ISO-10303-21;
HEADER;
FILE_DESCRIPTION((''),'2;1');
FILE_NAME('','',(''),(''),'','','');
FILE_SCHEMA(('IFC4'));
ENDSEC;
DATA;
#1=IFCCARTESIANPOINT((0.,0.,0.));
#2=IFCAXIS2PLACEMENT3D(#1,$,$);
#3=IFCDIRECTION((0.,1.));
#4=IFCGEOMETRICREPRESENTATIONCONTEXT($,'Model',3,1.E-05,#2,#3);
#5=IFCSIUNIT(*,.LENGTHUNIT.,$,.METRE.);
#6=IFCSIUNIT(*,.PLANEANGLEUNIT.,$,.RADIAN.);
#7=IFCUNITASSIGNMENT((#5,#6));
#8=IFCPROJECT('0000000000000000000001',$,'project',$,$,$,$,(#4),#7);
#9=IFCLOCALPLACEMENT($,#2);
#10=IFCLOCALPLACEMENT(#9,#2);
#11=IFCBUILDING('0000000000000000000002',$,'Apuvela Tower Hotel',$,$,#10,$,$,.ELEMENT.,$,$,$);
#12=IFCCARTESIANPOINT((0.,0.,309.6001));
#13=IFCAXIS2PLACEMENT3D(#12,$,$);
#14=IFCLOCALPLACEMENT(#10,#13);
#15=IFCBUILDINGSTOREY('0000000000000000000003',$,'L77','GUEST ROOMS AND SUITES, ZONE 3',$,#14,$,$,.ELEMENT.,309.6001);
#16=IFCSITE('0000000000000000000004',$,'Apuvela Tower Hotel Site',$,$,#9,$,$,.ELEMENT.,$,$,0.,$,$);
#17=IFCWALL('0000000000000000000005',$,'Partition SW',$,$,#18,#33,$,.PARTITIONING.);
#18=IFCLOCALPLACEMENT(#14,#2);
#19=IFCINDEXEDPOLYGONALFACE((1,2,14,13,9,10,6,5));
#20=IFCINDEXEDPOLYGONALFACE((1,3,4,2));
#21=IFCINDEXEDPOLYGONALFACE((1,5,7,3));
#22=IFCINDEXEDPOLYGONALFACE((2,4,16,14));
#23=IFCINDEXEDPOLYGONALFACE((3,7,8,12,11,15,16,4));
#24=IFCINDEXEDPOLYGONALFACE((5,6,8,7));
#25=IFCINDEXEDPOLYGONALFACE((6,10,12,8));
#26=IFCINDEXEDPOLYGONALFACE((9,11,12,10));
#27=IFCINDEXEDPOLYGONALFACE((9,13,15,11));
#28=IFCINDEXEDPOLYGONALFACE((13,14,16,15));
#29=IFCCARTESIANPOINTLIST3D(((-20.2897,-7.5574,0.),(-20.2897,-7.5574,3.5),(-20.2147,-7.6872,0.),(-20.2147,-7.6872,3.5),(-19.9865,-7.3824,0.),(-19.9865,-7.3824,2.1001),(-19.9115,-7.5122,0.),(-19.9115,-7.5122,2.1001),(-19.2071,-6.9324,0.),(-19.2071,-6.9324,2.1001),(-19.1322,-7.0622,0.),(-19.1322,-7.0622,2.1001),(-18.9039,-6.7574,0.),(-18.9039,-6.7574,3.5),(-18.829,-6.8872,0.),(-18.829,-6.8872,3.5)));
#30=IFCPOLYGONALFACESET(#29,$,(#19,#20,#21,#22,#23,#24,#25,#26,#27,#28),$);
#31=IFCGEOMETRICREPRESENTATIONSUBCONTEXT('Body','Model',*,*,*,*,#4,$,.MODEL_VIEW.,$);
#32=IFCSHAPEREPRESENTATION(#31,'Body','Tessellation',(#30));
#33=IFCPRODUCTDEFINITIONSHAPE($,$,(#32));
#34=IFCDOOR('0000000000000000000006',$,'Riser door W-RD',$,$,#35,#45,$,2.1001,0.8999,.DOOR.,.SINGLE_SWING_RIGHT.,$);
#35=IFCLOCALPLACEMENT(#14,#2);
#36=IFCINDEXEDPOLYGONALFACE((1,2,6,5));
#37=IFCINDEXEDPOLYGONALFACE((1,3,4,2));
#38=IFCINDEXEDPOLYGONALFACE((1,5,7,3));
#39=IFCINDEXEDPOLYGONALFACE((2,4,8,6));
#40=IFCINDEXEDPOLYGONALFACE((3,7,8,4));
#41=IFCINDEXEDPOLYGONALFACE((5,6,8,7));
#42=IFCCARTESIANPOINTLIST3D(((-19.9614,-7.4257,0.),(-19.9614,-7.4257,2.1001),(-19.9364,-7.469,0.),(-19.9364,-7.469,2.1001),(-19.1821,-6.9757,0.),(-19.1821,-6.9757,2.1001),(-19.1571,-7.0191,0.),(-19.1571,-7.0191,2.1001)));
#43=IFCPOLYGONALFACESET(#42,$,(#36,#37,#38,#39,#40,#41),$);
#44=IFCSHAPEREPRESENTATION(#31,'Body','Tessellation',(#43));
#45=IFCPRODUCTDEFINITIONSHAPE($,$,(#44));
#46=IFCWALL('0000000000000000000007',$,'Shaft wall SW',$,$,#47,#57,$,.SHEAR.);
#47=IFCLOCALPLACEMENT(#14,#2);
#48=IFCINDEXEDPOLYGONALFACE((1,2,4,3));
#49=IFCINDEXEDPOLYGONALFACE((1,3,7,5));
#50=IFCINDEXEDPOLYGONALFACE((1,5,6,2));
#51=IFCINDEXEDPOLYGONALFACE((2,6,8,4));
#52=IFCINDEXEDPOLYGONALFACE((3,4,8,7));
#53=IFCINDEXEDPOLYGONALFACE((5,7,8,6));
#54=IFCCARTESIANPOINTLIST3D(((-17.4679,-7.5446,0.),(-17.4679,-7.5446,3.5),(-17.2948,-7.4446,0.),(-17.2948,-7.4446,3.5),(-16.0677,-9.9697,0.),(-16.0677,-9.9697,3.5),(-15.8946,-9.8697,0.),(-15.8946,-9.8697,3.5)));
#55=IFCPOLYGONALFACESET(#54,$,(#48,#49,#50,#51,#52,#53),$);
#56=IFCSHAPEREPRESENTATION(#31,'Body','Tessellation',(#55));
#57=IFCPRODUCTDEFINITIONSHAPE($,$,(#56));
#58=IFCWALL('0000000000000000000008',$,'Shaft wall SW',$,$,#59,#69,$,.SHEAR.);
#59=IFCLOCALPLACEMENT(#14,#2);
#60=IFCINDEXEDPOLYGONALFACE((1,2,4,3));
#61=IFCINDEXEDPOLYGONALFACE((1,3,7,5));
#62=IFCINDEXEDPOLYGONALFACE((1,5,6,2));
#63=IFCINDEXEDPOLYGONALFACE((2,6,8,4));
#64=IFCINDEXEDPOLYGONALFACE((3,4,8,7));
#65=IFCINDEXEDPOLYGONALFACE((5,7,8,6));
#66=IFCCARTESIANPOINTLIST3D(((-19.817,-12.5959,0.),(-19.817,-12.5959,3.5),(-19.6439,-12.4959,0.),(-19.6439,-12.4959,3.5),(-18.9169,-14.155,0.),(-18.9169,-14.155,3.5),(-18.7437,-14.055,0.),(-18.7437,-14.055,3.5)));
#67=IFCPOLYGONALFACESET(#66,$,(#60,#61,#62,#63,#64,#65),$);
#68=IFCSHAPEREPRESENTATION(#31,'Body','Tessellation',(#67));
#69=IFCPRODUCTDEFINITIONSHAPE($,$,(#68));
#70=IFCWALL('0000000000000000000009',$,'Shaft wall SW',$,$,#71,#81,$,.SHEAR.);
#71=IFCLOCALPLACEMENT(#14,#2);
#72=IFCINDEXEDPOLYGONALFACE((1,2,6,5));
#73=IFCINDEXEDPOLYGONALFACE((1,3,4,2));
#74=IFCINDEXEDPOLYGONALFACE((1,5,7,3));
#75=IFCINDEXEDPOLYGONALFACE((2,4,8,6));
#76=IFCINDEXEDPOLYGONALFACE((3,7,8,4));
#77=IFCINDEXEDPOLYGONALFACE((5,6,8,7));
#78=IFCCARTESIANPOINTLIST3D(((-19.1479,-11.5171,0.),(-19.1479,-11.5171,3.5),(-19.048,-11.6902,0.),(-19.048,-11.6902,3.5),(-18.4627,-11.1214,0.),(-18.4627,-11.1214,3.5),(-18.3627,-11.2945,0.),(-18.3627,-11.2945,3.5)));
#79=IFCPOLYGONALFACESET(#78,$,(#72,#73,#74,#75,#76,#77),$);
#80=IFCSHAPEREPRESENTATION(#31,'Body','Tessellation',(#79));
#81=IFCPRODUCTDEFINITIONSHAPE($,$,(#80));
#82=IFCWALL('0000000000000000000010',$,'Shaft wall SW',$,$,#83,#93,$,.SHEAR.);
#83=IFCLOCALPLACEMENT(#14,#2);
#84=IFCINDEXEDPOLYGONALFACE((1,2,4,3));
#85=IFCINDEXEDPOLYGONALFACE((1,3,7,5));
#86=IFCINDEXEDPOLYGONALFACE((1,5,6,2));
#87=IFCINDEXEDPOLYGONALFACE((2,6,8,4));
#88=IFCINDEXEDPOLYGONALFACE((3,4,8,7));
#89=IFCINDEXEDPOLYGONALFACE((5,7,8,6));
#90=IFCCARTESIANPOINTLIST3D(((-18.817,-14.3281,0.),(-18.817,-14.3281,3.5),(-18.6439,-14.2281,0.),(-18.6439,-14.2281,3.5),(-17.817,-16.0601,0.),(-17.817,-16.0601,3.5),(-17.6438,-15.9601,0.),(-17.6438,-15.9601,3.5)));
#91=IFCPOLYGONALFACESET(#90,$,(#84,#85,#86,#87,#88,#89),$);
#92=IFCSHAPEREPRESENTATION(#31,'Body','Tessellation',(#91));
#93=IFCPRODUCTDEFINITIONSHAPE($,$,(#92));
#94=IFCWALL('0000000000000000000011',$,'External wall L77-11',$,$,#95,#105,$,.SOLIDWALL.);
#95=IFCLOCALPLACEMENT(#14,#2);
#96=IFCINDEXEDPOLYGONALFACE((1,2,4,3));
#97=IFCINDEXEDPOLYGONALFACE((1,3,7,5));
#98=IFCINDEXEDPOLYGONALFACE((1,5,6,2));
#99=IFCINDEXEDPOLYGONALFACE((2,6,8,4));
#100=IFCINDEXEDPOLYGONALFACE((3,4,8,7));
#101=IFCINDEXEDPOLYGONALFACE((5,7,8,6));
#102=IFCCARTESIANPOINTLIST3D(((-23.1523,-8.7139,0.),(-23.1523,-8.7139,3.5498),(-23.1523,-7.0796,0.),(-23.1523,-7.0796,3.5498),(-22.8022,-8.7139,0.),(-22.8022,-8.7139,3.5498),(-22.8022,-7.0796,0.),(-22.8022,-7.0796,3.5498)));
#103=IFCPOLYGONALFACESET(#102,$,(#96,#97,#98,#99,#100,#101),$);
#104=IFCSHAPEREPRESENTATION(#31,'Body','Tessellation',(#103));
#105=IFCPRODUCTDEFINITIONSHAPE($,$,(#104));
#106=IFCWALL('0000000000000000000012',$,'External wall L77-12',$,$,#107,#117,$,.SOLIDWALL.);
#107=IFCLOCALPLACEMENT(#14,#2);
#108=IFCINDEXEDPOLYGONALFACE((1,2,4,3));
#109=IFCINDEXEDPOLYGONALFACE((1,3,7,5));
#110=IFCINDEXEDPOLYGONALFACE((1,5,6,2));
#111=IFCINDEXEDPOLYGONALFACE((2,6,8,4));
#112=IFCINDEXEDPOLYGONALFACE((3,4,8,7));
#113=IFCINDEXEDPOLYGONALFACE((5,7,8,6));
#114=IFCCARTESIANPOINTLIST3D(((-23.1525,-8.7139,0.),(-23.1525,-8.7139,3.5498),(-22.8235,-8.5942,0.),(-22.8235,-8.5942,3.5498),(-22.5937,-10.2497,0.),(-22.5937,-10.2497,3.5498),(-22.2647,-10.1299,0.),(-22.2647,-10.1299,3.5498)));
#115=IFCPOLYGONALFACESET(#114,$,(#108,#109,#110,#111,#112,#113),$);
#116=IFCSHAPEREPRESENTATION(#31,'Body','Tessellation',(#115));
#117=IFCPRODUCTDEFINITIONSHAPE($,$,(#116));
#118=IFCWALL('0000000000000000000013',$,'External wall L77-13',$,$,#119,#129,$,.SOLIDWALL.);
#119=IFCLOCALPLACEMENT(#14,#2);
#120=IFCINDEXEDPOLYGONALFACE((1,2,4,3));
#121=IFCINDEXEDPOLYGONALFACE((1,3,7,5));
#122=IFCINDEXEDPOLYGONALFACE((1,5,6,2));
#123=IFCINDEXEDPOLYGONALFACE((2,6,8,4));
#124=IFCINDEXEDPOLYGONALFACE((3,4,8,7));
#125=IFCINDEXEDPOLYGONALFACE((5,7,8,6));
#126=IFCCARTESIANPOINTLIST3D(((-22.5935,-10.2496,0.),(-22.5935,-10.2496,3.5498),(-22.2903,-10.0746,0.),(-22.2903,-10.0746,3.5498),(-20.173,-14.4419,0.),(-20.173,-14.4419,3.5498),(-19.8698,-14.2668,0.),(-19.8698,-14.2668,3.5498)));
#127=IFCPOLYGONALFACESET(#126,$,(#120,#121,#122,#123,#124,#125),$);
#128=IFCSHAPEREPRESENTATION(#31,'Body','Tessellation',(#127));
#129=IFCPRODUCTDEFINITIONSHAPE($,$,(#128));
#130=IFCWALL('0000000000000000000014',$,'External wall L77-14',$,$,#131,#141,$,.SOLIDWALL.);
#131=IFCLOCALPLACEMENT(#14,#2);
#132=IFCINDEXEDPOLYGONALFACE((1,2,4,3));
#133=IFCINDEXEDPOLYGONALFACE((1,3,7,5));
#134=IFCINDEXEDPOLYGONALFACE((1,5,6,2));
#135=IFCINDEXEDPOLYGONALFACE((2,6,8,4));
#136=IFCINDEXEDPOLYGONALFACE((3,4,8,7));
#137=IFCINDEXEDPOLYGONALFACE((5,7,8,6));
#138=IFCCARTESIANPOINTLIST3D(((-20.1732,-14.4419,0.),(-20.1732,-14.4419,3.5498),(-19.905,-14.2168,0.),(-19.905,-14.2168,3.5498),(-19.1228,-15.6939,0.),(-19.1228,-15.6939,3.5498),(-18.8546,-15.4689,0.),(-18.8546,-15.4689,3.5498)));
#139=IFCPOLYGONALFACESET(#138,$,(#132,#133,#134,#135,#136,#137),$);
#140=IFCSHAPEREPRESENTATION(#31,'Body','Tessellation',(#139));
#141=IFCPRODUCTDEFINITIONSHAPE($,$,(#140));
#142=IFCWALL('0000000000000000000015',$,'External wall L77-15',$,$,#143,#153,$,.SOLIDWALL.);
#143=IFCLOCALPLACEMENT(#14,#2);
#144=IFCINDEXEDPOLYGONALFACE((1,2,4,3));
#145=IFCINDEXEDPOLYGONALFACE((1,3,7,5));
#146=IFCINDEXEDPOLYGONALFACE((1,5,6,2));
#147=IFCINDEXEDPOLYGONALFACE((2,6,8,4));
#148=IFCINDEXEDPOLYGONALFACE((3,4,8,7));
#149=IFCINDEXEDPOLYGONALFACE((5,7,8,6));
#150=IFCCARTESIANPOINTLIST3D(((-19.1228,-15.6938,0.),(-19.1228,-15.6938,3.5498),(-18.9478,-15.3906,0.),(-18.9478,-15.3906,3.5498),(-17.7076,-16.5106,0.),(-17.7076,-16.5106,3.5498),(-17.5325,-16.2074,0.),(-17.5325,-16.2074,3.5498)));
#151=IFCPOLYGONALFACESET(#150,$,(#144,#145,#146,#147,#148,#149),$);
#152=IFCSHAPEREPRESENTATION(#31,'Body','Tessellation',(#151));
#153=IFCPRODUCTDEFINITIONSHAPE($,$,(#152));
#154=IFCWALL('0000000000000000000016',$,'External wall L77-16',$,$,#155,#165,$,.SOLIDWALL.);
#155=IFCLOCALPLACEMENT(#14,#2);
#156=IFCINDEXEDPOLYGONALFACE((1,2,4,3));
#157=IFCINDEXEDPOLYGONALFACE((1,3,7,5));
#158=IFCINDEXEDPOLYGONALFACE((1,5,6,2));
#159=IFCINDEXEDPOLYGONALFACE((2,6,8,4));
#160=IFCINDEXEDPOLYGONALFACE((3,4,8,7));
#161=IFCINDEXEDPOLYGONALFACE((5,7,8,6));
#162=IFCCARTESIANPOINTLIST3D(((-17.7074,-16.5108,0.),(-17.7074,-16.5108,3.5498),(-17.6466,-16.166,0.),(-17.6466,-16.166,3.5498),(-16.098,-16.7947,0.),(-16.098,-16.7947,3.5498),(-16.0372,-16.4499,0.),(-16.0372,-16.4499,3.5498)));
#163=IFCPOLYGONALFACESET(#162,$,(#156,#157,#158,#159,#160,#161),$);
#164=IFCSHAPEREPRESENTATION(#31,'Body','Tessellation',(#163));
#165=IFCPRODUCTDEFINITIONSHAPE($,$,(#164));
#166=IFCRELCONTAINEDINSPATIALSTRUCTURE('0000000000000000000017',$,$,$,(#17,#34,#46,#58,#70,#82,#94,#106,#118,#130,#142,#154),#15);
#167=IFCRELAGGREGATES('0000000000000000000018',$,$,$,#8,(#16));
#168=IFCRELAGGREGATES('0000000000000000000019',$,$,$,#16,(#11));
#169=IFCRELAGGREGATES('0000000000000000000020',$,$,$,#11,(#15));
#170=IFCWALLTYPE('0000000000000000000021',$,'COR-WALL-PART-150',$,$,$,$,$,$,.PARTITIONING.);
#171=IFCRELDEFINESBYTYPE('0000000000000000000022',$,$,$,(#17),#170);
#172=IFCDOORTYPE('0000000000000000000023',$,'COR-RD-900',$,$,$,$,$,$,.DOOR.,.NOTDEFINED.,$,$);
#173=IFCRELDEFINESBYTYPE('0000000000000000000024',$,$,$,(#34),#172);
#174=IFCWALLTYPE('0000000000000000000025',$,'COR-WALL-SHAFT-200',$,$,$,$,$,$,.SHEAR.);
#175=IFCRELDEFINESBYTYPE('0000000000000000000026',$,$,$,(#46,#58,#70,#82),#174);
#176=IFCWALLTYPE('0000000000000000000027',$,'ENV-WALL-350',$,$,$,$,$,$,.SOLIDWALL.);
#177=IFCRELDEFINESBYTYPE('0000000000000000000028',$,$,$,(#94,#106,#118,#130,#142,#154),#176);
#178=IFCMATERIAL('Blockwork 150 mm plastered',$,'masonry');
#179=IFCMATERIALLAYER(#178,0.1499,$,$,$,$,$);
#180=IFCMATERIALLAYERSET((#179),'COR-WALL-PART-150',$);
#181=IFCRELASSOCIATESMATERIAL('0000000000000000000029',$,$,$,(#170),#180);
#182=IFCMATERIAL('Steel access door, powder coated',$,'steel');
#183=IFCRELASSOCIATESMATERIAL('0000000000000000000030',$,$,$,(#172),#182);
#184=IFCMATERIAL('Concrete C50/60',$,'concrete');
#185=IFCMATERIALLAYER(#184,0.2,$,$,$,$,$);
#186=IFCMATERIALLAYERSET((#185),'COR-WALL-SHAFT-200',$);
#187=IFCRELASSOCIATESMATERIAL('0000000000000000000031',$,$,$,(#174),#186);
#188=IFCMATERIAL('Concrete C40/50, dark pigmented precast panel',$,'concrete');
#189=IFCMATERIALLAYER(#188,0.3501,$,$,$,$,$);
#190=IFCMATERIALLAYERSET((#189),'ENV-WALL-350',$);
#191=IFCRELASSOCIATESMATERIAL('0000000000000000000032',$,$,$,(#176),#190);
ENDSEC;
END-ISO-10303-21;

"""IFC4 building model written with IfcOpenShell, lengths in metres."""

from ifc_helpers import new_model, si_unit, direction, frame, frame_2d, origin, place, context, subcontext, project, spatial, rectangle, extrude, material, layer, layer_set, type_object, element, fill, save


model = new_model("IFC4")

# Units and contexts
model_context = context("Model", 3, precision=1e-05, world=origin(), true_north=direction((0.0, 1.0)))
body_context = subcontext(model_context, "Body", "Model", "MODEL_VIEW")
ifc_project = project(units=[si_unit("LENGTHUNIT", "METRE"), si_unit("PLANEANGLEUNIT", "RADIAN")], contexts=[model_context])

# Site, building, storey
site_placement = place(None, origin())
site = spatial("IfcSite", under=ifc_project, at=site_placement, Name="Apuvela Tower Hotel Site", CompositionType="ELEMENT", RefElevation=0.0)
building_placement = place(site_placement, origin())
building = spatial("IfcBuilding", under=site, at=building_placement, Name="Apuvela Tower Hotel", CompositionType="ELEMENT")
storey_placement = place(building_placement, frame((0.0, 0.0, 309.6001)))
storey = spatial("IfcBuildingStorey", under=building, at=storey_placement, Name="L77", Description="GUEST ROOMS AND SUITES, ZONE 3", CompositionType="ELEMENT", Elevation=309.6001)

# Wall, opening, door
ifc_material_1 = material(Name="Blockwork 150 mm plastered", Category="masonry")
ifc_layer_1 = layer(ifc_material_1, 0.1499)
ifc_layer_set_1 = layer_set([ifc_layer_1], Name="COR-WALL-PART-150")
wall_type_1 = type_object("IfcWallType", Name="COR-WALL-PART-150", PredefinedType="PARTITIONING", material=ifc_layer_set_1)
wall_1_placement = place(storey_placement, frame((-18.8665, -6.8223, 0.0), z_axis=(0.0, 0.0, 1.0), x_axis=(-0.866028, -0.499995, 0.0)))
wall_1 = element("IfcWall", 1, at=wall_1_placement, inside=storey, type_object=wall_type_1, Name="Partition SW", PredefinedType="PARTITIONING", context=body_context, shape_type="SweptSolid", body=[
    extrude(rectangle(XDim=1.6001, YDim=0.1499, at=frame_2d((0.8, 0.0))), origin(), (0.0, 0.0, 1.0), 3.5),
])
opening_1_placement = place(wall_1_placement, frame((0.3501, 0.0, 0.0)))
opening_1 = element("IfcOpeningElement", 2, at=opening_1_placement, cuts=wall_1, PredefinedType="OPENING", context=body_context, shape_type="SweptSolid", body=[
    extrude(rectangle(XDim=0.8999, YDim=2.1001, at=frame_2d((0.45, 1.05))), frame((0.0, 0.085, 0.0), z_axis=(0.0, -1.0, 0.0), x_axis=(1.0, 0.0, 0.0)), (0.0, 0.0, 1.0), 0.1699),
])
ifc_material_2 = material(Name="Steel access door, powder coated", Category="steel")
door_type_1 = type_object("IfcDoorType", Name="COR-RD-900", OperationType="NOTDEFINED", PredefinedType="DOOR", material=ifc_material_2)
door_1_placement = place(opening_1_placement, frame((0.8999, 0.0, 0.0), z_axis=(0.0, 0.0, 1.0), x_axis=(-1.0, 0.0, 0.0)))
door_1 = element("IfcDoor", 3, at=door_1_placement, inside=storey, type_object=door_type_1, Name="Riser door W-RD", OperationType="SINGLE_SWING_RIGHT", OverallHeight=2.1001, OverallWidth=0.8999, PredefinedType="DOOR", context=body_context, shape_type="SweptSolid", body=[
    extrude(rectangle(XDim=0.8999, YDim=2.1001, at=frame_2d((0.45, 1.05))), frame((0.0, 0.0249, 0.0), z_axis=(0.0, -1.0, 0.0), x_axis=(1.0, 0.0, 0.0)), (0.0, 0.0, 1.0), 0.05),
])
fill(opening_1, door_1)

# Walls
ifc_material_3 = material(Name="Concrete C50/60", Category="concrete")
ifc_layer_2 = layer(ifc_material_3, 0.2)
ifc_layer_set_2 = layer_set([ifc_layer_2], Name="COR-WALL-SHAFT-200")
wall_type_2 = type_object("IfcWallType", Name="COR-WALL-SHAFT-200", PredefinedType="SHEAR", material=ifc_layer_set_2)
wall_2_placement = place(storey_placement, frame((-17.3813, -7.4946, 0.0), z_axis=(0.0, 0.0, 1.0), x_axis=(0.500012, -0.866019, 0.0)))
element("IfcWall", 4, at=wall_2_placement, inside=storey, type_object=wall_type_2, Name="Shaft wall SW", PredefinedType="SHEAR", context=body_context, shape_type="SweptSolid", body=[
    extrude(rectangle(XDim=2.8003, YDim=0.2, at=frame_2d((1.4001, 0.0))), origin(), (0.0, 0.0, 1.0), 3.5),
])
wall_3_placement = place(storey_placement, frame((-19.7305, -12.5459, 0.0), z_axis=(0.0, 0.0, 1.0), x_axis=(0.500004, -0.866023, 0.0)))
element("IfcWall", 5, at=wall_3_placement, inside=storey, type_object=wall_type_2, Name="Shaft wall SW", PredefinedType="SHEAR", context=body_context, shape_type="SweptSolid", body=[
    extrude(rectangle(XDim=1.8003, YDim=0.2, at=frame_2d((0.9001, 0.0))), origin(), (0.0, 0.0, 1.0), 3.5),
])
wall_4_placement = place(storey_placement, frame((-18.4128, -11.208, 0.0), z_axis=(0.0, 0.0, 1.0), x_axis=(-0.865975, -0.500087, 0.0)))
element("IfcWall", 6, at=wall_4_placement, inside=storey, type_object=wall_type_2, Name="Shaft wall SW", PredefinedType="SHEAR", context=body_context, shape_type="SweptSolid", body=[
    extrude(rectangle(XDim=0.7913, YDim=0.2, at=frame_2d((0.3955, 0.0))), origin(), (0.0, 0.0, 1.0), 3.5),
])
wall_5_placement = place(storey_placement, frame((-18.7305, -14.2781, 0.0), z_axis=(0.0, 0.0, 1.0), x_axis=(0.500025, -0.866011, 0.0)))
element("IfcWall", 7, at=wall_5_placement, inside=storey, type_object=wall_type_2, Name="Shaft wall SW", PredefinedType="SHEAR", context=body_context, shape_type="SweptSolid", body=[
    extrude(rectangle(XDim=2.0, YDim=0.2, at=frame_2d((1.0, 0.0))), origin(), (0.0, 0.0, 1.0), 3.5),
])
ifc_material_4 = material(Name="Concrete C40/50, dark pigmented precast panel", Category="concrete")
ifc_layer_3 = layer(ifc_material_4, 0.3501)
ifc_layer_set_3 = layer_set([ifc_layer_3], Name="ENV-WALL-350")
wall_type_3 = type_object("IfcWallType", Name="ENV-WALL-350", PredefinedType="SOLIDWALL", material=ifc_layer_set_3)
for number, where, z_axis, x_axis, name in (
    (8, (-22.9773, -7.0796, 0.0), (0.0, 0.0, 1.0), (0.0, -1.0, 0.0), "External wall L77-11"),
    (9, (-22.988, -8.6541, 0.0), (0.0, 0.0, 1.0), (0.341971, -0.939711, 0.0), "External wall L77-12"),
):
    element("IfcWall", number, at=place(storey_placement, frame(where, z_axis=z_axis, x_axis=x_axis)), inside=storey, type_object=wall_type_3, Name=name, PredefinedType="SOLIDWALL", context=body_context, shape_type="SweptSolid", body=[
        extrude(rectangle(XDim=1.6343, YDim=0.3501, at=frame_2d((0.8171, 0.0))), origin(), (0.0, 0.0, 1.0), 3.5498),
    ])
wall_6_placement = place(storey_placement, frame((-22.4419, -10.1621, 0.0), z_axis=(0.0, 0.0, 1.0), x_axis=(0.500012, -0.866018, 0.0)))
element("IfcWall", 10, at=wall_6_placement, inside=storey, type_object=wall_type_3, Name="External wall L77-13", PredefinedType="SOLIDWALL", context=body_context, shape_type="SweptSolid", body=[
    extrude(rectangle(XDim=4.8408, YDim=0.3501, at=frame_2d((2.4204, 0.0))), origin(), (0.0, 0.0, 1.0), 3.5498),
])
wall_7_placement = place(storey_placement, frame((-20.0391, -14.3293, 0.0), z_axis=(0.0, 0.0, 1.0), x_axis=(0.642708, -0.766111, 0.0)))
element("IfcWall", 11, at=wall_7_placement, inside=storey, type_object=wall_type_3, Name="External wall L77-14", PredefinedType="SOLIDWALL", context=body_context, shape_type="SweptSolid", body=[
    extrude(rectangle(XDim=1.6343, YDim=0.3501, at=frame_2d((0.8171, 0.0))), origin(), (0.0, 0.0, 1.0), 3.5498),
])
wall_8_placement = place(storey_placement, frame((-19.0352, -15.5422, 0.0), z_axis=(0.0, 0.0, 1.0), x_axis=(0.866084, -0.499899, 0.0)))
element("IfcWall", 12, at=wall_8_placement, inside=storey, type_object=wall_type_3, Name="External wall L77-15", PredefinedType="SOLIDWALL", context=body_context, shape_type="SweptSolid", body=[
    extrude(rectangle(XDim=1.634, YDim=0.3501, at=frame_2d((0.8169, 0.0))), origin(), (0.0, 0.0, 1.0), 3.5498),
])
wall_9_placement = place(storey_placement, frame((-17.677, -16.3384, 0.0), z_axis=(0.0, 0.0, 1.0), x_axis=(0.984791, -0.173743, 0.0)))
element("IfcWall", 13, at=wall_9_placement, inside=storey, type_object=wall_type_3, Name="External wall L77-16", PredefinedType="SOLIDWALL", context=body_context, shape_type="SweptSolid", body=[
    extrude(rectangle(XDim=1.6343, YDim=0.3501, at=frame_2d((0.8171, 0.0))), origin(), (0.0, 0.0, 1.0), 3.5498),
])

save(model, "model.ifc")
